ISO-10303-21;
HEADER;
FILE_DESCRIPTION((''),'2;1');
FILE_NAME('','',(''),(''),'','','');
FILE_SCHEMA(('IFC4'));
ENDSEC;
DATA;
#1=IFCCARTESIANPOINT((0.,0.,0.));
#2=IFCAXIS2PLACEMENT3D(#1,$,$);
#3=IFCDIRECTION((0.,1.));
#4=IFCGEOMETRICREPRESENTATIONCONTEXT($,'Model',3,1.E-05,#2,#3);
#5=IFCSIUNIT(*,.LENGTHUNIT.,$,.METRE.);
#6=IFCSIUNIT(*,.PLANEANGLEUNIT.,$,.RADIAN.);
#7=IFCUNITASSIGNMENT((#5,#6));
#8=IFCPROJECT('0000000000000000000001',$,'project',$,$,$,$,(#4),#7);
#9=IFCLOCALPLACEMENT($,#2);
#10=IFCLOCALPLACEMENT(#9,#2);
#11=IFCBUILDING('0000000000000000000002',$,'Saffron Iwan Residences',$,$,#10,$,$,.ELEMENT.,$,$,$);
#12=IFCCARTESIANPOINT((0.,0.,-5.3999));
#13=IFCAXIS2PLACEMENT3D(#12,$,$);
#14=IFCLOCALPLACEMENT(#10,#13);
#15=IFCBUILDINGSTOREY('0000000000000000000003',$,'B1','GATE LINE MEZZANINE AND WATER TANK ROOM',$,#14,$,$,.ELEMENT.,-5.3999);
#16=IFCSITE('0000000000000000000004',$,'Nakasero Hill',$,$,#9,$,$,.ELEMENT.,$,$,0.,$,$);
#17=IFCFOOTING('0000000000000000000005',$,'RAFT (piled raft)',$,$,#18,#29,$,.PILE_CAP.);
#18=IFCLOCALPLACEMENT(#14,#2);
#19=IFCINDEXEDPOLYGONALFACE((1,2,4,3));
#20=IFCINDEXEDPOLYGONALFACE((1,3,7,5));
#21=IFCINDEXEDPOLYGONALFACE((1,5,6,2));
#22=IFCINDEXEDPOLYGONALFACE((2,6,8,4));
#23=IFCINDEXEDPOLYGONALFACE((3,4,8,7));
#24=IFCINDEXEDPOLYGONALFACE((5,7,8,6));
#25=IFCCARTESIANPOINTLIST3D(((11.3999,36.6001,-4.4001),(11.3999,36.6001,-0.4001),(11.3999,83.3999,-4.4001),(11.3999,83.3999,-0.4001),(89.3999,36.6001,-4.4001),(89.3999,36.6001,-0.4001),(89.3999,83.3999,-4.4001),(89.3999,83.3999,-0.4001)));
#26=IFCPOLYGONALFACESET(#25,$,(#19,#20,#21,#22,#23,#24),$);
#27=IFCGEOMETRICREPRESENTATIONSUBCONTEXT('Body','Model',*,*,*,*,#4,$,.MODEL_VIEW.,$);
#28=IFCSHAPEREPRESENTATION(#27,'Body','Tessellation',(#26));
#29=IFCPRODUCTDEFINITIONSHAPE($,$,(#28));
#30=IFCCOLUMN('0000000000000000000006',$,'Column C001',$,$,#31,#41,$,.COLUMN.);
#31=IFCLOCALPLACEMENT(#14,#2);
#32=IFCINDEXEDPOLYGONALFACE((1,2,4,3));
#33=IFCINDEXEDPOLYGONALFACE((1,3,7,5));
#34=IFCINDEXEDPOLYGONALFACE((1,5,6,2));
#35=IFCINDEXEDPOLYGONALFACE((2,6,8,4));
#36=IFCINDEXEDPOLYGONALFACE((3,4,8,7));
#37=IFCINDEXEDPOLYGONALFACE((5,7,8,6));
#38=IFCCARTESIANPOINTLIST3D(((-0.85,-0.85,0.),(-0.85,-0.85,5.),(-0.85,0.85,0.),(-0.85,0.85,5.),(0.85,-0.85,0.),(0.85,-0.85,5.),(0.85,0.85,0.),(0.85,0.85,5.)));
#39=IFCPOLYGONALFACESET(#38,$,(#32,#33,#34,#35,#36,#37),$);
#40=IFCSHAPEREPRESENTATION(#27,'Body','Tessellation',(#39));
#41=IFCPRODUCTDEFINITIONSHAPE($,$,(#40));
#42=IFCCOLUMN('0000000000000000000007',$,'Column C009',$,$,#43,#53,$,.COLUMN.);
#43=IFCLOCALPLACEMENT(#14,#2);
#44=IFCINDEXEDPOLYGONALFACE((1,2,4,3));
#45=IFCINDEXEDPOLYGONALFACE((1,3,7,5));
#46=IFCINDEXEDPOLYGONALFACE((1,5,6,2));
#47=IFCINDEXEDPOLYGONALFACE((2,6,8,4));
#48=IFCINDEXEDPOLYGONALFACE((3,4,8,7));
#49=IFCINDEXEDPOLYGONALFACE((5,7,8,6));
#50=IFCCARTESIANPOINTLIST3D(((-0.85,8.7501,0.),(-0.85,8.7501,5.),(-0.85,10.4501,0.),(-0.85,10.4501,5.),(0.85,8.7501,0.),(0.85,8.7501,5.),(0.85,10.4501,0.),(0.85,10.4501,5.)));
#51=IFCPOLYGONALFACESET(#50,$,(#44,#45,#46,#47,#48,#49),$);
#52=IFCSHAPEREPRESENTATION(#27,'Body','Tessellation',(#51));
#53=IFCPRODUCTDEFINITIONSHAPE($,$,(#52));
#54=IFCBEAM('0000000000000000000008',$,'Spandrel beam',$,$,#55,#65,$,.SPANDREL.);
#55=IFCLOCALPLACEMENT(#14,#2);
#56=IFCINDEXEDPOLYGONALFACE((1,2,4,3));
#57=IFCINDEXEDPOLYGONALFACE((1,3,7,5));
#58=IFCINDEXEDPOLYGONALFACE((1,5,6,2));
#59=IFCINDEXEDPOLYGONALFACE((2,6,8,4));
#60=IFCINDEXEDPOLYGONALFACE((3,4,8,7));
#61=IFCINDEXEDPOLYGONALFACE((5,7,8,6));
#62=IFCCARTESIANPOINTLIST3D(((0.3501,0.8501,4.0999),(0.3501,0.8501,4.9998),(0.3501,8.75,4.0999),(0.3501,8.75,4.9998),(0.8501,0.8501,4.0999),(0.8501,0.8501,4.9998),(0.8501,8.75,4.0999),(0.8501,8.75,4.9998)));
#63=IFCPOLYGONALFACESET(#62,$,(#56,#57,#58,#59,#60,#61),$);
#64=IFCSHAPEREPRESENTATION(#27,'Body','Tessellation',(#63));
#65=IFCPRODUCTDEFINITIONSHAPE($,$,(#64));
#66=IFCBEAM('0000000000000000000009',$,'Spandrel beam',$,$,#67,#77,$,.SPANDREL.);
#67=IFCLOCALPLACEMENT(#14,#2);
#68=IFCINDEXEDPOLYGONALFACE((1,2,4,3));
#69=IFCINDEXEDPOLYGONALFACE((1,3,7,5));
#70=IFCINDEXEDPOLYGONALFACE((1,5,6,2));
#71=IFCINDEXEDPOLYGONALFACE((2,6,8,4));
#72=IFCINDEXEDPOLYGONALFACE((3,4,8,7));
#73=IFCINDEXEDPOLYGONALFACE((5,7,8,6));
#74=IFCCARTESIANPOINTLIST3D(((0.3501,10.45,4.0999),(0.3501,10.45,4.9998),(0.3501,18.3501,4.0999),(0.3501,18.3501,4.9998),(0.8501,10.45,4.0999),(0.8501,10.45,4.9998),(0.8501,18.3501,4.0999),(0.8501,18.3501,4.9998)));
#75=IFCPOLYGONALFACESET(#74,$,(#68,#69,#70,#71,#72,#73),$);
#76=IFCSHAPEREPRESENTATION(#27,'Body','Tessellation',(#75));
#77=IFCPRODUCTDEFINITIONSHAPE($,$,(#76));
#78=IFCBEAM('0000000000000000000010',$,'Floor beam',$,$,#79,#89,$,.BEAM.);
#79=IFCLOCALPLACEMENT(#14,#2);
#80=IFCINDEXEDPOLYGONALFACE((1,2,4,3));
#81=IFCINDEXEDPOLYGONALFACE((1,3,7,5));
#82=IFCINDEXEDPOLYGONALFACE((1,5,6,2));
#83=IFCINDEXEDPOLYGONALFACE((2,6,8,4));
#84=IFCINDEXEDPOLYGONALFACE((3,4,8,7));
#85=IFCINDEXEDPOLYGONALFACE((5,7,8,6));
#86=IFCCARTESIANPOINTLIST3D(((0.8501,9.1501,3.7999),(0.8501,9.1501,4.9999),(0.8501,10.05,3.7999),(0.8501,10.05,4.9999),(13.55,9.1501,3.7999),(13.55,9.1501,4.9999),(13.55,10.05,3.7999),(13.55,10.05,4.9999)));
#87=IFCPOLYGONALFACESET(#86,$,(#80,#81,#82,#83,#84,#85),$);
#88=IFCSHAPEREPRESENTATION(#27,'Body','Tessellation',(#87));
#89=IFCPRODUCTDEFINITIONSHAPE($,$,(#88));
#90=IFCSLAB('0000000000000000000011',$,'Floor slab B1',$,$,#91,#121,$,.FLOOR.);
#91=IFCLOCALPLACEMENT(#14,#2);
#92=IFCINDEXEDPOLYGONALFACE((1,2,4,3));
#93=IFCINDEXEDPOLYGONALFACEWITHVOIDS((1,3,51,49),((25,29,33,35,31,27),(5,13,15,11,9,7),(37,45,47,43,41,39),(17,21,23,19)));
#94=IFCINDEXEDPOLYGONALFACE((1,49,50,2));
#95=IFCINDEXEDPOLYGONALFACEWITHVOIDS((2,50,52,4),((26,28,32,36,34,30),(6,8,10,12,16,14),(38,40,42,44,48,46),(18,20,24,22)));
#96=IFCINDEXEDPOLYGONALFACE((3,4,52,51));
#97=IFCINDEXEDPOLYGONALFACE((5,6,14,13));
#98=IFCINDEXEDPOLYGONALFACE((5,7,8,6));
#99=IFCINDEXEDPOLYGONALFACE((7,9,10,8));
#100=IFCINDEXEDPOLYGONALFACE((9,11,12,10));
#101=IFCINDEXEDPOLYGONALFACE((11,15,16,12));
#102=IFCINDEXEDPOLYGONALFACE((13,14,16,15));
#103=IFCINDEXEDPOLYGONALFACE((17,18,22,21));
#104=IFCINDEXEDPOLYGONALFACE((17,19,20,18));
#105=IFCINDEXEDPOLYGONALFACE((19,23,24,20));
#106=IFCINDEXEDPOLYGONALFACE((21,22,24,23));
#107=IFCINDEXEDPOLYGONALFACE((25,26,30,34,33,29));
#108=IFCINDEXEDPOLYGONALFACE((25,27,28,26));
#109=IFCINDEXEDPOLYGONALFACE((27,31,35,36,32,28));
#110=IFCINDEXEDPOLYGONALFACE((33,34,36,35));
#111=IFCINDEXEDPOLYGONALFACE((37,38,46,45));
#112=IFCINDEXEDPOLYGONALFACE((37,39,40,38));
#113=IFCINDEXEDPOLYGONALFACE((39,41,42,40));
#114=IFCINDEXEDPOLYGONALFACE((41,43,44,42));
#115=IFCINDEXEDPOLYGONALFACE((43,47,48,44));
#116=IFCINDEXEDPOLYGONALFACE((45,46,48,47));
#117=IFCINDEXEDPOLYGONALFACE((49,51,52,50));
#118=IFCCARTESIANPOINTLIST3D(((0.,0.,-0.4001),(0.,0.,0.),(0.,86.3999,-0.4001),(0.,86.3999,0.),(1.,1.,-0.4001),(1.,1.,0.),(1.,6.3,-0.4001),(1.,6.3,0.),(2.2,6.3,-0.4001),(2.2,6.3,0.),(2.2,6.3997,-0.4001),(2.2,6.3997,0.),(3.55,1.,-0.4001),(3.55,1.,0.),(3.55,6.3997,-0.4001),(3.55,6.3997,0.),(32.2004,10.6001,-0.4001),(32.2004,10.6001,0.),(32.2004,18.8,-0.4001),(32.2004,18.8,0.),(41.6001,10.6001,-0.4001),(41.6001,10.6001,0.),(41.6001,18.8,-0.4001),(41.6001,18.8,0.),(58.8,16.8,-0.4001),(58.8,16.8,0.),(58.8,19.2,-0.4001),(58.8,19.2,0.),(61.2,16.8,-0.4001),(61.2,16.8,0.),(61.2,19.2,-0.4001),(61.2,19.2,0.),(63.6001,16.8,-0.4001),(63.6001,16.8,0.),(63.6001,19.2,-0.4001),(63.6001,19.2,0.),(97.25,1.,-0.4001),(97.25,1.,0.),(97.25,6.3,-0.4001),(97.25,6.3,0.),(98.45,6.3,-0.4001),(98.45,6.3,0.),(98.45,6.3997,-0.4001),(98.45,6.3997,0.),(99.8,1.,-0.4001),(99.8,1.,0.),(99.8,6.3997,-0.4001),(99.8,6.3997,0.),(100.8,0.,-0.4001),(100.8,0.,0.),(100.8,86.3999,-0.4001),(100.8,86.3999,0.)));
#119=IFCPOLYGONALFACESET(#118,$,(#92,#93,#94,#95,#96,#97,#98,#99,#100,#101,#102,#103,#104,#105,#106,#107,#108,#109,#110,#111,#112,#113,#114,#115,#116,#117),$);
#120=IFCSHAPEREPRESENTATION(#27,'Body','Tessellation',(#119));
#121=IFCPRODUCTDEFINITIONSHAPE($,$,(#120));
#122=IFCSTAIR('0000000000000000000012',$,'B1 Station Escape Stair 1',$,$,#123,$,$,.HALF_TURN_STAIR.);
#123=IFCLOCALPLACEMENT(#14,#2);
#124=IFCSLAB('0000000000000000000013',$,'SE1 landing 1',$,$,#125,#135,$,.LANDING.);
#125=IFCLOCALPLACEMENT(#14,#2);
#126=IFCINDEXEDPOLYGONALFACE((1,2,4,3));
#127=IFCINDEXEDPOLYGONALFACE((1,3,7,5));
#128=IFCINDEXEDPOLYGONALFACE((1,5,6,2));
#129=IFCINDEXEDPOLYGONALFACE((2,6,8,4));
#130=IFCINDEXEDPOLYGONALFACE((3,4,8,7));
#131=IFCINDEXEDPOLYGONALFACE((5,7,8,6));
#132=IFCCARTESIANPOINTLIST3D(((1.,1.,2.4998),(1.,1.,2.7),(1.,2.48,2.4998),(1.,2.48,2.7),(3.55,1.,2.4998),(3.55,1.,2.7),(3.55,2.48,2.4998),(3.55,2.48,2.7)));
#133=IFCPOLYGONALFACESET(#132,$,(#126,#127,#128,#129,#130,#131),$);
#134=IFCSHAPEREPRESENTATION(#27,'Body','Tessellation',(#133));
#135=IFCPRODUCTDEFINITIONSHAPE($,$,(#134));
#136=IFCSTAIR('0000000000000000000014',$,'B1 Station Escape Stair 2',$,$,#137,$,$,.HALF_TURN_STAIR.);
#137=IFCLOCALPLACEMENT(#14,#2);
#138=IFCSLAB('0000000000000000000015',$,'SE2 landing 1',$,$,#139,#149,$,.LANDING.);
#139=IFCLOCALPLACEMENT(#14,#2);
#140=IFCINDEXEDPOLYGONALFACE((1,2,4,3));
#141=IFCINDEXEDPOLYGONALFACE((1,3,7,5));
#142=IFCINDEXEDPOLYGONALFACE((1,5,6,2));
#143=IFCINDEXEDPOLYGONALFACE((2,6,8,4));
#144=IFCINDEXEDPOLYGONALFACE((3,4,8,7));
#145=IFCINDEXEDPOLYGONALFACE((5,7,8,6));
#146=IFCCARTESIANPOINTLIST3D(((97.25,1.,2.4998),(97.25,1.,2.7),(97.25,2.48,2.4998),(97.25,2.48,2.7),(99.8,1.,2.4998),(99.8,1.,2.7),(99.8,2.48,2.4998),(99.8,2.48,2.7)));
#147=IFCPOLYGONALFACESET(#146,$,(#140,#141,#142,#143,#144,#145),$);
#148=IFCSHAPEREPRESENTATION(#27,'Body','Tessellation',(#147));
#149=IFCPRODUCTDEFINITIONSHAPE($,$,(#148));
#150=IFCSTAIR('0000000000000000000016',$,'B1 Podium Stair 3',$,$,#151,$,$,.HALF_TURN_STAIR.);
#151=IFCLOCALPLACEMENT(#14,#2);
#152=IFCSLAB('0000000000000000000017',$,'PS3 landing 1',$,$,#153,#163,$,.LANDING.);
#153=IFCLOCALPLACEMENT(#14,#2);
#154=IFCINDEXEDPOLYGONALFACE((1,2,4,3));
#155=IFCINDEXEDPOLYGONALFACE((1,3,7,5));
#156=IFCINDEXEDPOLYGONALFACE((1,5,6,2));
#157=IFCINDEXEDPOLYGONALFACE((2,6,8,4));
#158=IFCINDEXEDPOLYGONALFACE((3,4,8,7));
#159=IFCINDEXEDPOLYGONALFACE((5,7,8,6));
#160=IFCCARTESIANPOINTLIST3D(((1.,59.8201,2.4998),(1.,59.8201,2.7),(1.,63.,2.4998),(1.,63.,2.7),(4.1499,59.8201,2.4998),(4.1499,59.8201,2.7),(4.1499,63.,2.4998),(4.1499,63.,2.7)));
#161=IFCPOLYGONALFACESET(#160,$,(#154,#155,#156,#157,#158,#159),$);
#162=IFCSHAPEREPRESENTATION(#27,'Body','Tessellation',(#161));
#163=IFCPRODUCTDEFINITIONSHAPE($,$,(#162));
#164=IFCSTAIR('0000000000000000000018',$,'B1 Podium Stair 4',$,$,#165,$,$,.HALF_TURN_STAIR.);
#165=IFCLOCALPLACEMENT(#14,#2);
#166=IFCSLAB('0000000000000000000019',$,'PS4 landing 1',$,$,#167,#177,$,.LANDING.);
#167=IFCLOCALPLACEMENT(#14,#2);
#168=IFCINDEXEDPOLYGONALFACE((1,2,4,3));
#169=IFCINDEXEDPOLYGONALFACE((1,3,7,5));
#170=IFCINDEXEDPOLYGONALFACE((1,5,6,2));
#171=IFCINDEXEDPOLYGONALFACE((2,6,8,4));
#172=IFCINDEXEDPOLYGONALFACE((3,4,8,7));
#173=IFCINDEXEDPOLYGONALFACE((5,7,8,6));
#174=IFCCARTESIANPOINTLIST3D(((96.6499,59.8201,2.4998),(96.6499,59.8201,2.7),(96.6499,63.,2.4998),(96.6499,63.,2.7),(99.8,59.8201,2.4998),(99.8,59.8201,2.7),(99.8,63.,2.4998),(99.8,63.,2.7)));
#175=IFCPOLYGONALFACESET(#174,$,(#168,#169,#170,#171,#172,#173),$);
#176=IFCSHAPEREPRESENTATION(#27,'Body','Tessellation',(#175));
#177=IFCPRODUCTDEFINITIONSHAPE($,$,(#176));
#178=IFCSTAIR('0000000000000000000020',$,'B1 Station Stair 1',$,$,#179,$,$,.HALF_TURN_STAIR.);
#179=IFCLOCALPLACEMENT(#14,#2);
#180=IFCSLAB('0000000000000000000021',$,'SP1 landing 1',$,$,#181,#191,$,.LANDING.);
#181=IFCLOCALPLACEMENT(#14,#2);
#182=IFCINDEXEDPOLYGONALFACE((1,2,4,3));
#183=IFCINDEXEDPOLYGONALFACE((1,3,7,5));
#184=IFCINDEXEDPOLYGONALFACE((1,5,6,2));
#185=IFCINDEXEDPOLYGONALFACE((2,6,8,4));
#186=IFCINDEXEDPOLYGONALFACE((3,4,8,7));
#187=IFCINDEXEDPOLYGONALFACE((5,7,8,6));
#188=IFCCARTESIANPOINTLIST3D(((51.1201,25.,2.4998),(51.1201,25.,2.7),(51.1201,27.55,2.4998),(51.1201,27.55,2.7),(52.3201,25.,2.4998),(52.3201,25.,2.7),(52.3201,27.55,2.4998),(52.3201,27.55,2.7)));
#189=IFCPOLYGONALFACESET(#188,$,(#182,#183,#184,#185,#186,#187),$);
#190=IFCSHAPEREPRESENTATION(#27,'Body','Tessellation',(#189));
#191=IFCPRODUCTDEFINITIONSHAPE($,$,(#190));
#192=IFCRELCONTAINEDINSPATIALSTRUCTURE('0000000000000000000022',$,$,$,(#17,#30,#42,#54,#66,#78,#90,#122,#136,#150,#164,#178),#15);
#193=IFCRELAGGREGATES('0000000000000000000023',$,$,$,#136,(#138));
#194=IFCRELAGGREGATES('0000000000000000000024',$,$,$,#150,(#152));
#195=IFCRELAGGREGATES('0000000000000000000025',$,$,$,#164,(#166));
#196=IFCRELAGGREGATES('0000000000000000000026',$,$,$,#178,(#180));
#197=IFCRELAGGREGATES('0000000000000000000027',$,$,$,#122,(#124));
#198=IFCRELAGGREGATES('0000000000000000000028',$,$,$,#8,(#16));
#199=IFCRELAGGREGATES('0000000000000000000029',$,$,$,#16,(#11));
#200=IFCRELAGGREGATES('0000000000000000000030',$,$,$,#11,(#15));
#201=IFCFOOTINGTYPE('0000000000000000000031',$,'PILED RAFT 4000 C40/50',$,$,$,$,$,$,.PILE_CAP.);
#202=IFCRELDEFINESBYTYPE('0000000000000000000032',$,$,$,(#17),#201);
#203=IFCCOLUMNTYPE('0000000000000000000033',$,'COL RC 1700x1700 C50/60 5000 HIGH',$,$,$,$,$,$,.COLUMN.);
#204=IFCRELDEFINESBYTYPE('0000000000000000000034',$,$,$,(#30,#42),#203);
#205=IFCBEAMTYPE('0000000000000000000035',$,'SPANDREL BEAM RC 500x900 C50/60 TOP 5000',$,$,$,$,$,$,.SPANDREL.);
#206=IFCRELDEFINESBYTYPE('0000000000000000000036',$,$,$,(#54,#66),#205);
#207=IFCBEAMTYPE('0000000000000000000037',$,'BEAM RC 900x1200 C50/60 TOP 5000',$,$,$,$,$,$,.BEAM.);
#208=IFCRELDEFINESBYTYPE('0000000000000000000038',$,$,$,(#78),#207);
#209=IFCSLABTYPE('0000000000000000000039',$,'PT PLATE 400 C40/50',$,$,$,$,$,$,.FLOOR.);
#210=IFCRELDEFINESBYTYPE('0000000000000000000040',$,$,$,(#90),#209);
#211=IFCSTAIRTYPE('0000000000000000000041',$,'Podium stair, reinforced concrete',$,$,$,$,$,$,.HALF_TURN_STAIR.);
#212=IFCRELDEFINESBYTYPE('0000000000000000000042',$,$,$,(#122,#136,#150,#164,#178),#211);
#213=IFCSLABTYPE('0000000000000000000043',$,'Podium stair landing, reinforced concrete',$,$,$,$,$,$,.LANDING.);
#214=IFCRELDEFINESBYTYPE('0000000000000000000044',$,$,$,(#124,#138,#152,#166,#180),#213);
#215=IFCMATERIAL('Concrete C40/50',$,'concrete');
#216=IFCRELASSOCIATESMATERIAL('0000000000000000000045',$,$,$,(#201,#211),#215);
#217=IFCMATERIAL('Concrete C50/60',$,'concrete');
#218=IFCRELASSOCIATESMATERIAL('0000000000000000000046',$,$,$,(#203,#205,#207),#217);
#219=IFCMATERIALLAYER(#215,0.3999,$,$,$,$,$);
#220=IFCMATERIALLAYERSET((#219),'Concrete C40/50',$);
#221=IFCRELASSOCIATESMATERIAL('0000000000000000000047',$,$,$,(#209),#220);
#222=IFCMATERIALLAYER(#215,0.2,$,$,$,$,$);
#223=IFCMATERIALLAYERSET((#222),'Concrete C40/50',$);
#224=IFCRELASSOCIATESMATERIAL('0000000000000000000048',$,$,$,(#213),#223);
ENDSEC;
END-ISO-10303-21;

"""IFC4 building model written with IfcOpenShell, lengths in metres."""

from ifc_helpers import new_model, si_unit, direction, frame, origin, origin_2d, place, context, subcontext, project, spatial, polyline, rectangle, outline, extrude, source, transform, mapped, material, layer, layer_set, material_profile, profile_set, type_object, element, aggregate, save


model = new_model("IFC4")

# Units and contexts
model_context = context("Model", 3, precision=1e-05, world=origin(), true_north=direction((0.0, 1.0)))
body_context = subcontext(model_context, "Body", "Model", "MODEL_VIEW")
ifc_project = project(units=[si_unit("LENGTHUNIT", "METRE"), si_unit("PLANEANGLEUNIT", "RADIAN")], contexts=[model_context])

# Site, building, storey
site_placement = place(None, origin())
site = spatial("IfcSite", under=ifc_project, at=site_placement, Name="Nakasero Hill", CompositionType="ELEMENT", RefElevation=0.0)
building_placement = place(site_placement, origin())
building = spatial("IfcBuilding", under=site, at=building_placement, Name="Saffron Iwan Residences", CompositionType="ELEMENT")
storey_placement = place(building_placement, frame((0.0, 0.0, -5.3999)))
storey = spatial("IfcBuildingStorey", under=building, at=storey_placement, Name="B1", Description="GATE LINE MEZZANINE AND WATER TANK ROOM", CompositionType="ELEMENT", Elevation=-5.3999)

# Footing
ifc_material_1 = material(Name="Concrete C40/50", Category="concrete")
footing_type = type_object("IfcFootingType", Name="PILED RAFT 4000 C40/50", PredefinedType="PILE_CAP", material=ifc_material_1)
footing_placement = place(storey_placement, frame((0.0, 0.0, -4.4001)))
element("IfcFooting", 1, at=footing_placement, inside=storey, type_object=footing_type, Name="RAFT (piled raft)", PredefinedType="PILE_CAP", context=body_context, shape_type="SweptSolid", body=[
    extrude(outline(polyline([(11.3999, 36.6001), (89.3999, 36.6001), (89.3999, 83.3999), (11.3999, 83.3999), (11.3999, 36.6001)])), origin(), (0.0, 0.0, 1.0), 4.0),
])

# Columns
ifc_material_2 = material(Name="Concrete C50/60", Category="concrete")
ifc_material_profile_1 = material_profile(ifc_material_2, rectangle(XDim=1.7, YDim=1.7, at=origin_2d()), Name="RC 1700x1700")
ifc_profile_set_1 = profile_set([ifc_material_profile_1], Name="Concrete C50/60")
column_type = type_object("IfcColumnType", Name="COL RC 1700x1700 C50/60 5000 HIGH", PredefinedType="COLUMN", material=ifc_profile_set_1)
shared_shape_1 = source(origin(), body_context, "Body", "SweptSolid", [
    extrude(rectangle(XDim=1.7, YDim=1.7, at=origin_2d()), origin(), (0.0, 0.0, 1.0), 5.0),
])
for number, where, z_axis, x_axis, name in (
    (2, (0.0, 0.0, 0.0), (0.0, 0.0, 1.0), (1.0, 0.0, 0.0), "Column C001"),
    (3, (0.0, 9.6001, 0.0), (0.0, 0.0, 1.0), (1.0, 0.0, 0.0), "Column C009"),
):
    element("IfcColumn", number, at=place(storey_placement, frame(where, z_axis=z_axis, x_axis=x_axis)), inside=storey, type_object=column_type, Name=name, PredefinedType="COLUMN", context=body_context, shape_type="MappedRepresentation", body=[
        mapped(shared_shape_1, transform((0.0, 0.0, 0.0))),
    ])

# Beams
ifc_material_profile_2 = material_profile(ifc_material_2, rectangle(XDim=0.5, YDim=0.8999, at=origin_2d()), Name="RC 500x900")
ifc_profile_set_2 = profile_set([ifc_material_profile_2], Name="Concrete C50/60")
beam_type_1 = type_object("IfcBeamType", Name="SPANDREL BEAM RC 500x900 C50/60 TOP 5000", PredefinedType="SPANDREL", material=ifc_profile_set_2)
shared_shape_2 = source(origin(), body_context, "Body", "SweptSolid", [
    extrude(rectangle(XDim=0.5, YDim=0.8999, at=origin_2d()), origin(), (0.0, 0.0, 1.0), 7.8999),
])
beam_1_placement = place(storey_placement, frame((0.6001, 0.8501, 4.5498), z_axis=(0.0, 1.0, 0.0), x_axis=(-1.0, 0.0, 0.0)))
element("IfcBeam", 4, at=beam_1_placement, inside=storey, type_object=beam_type_1, Name="Spandrel beam", PredefinedType="SPANDREL", context=body_context, shape_type="MappedRepresentation", body=[
    mapped(shared_shape_2, transform((0.0, 0.0, 0.0))),
])
shared_shape_3 = source(origin(), body_context, "Body", "SweptSolid", [
    extrude(rectangle(XDim=0.5, YDim=0.8999, at=origin_2d()), origin(), (0.0, 0.0, 1.0), 7.9001),
])
beam_2_placement = place(storey_placement, frame((0.6001, 10.45, 4.5498), z_axis=(0.0, 1.0, 0.0), x_axis=(-1.0, 0.0, 0.0)))
element("IfcBeam", 5, at=beam_2_placement, inside=storey, type_object=beam_type_1, Name="Spandrel beam", PredefinedType="SPANDREL", context=body_context, shape_type="MappedRepresentation", body=[
    mapped(shared_shape_3, transform((0.0, 0.0, 0.0))),
])
ifc_material_profile_3 = material_profile(ifc_material_2, rectangle(XDim=0.8999, YDim=1.2, at=origin_2d()), Name="RC 900x1200")
ifc_profile_set_3 = profile_set([ifc_material_profile_3], Name="Concrete C50/60")
beam_type_2 = type_object("IfcBeamType", Name="BEAM RC 900x1200 C50/60 TOP 5000", PredefinedType="BEAM", material=ifc_profile_set_3)
shared_shape_4 = source(origin(), body_context, "Body", "SweptSolid", [
    extrude(rectangle(XDim=0.8999, YDim=1.2, at=origin_2d()), origin(), (0.0, 0.0, 1.0), 12.7),
])
beam_3_placement = place(storey_placement, frame((0.8501, 9.6001, 4.3999), z_axis=(1.0, 0.0, 0.0), x_axis=(0.0, 1.0, 0.0)))
element("IfcBeam", 6, at=beam_3_placement, inside=storey, type_object=beam_type_2, Name="Floor beam", PredefinedType="BEAM", context=body_context, shape_type="MappedRepresentation", body=[
    mapped(shared_shape_4, transform((0.0, 0.0, 0.0))),
])

# Slab
ifc_layer_1 = layer(ifc_material_1, 0.3999)
ifc_layer_set_1 = layer_set([ifc_layer_1], Name="Concrete C40/50")
slab_type_1 = type_object("IfcSlabType", Name="PT PLATE 400 C40/50", PredefinedType="FLOOR", material=ifc_layer_set_1)
slab_1_placement = place(storey_placement, frame((0.0, 0.0, -0.4001)))
element("IfcSlab", 7, at=slab_1_placement, inside=storey, type_object=slab_type_1, Name="Floor slab B1", PredefinedType="FLOOR", context=body_context, shape_type="SweptSolid", body=[
    extrude(outline(polyline([(0.0, 0.0), (0.0, 86.3999), (100.8, 86.3999), (100.8, 0.0), (0.0, 0.0)]), holes=[polyline([(1.0, 1.0), (3.55, 1.0), (3.55, 6.3997), (2.2, 6.3997), (2.2, 6.3), (1.0, 6.3), (1.0, 1.0)]), polyline([(97.25, 1.0), (99.8, 1.0), (99.8, 6.3997), (98.45, 6.3997), (98.45, 6.3), (97.25, 6.3), (97.25, 1.0)]), polyline([(32.2004, 10.6001), (41.6001, 10.6001), (41.6001, 18.8), (32.2004, 18.8), (32.2004, 10.6001)]), polyline([(58.8, 19.2), (58.8, 16.8), (61.2, 16.8), (63.6001, 16.8), (63.6001, 19.2), (61.2, 19.2), (58.8, 19.2)])]), origin(), (0.0, 0.0, 1.0), 0.4001),
])

# Stairs, slabs
stair_type_1 = type_object("IfcStairType", Name="Podium stair, reinforced concrete", PredefinedType="HALF_TURN_STAIR", material=ifc_material_1)
stair_1_placement = place(storey_placement, origin())
stair_1 = element("IfcStair", 8, at=stair_1_placement, inside=storey, type_object=stair_type_1, Name="B1 Station Escape Stair 1", PredefinedType="HALF_TURN_STAIR")
ifc_layer_2 = layer(ifc_material_1, 0.2)
ifc_layer_set_2 = layer_set([ifc_layer_2], Name="Concrete C40/50")
slab_type_2 = type_object("IfcSlabType", Name="Podium stair landing, reinforced concrete", PredefinedType="LANDING", material=ifc_layer_set_2)
slab_2_placement = place(storey_placement, frame((0.0, 0.0, 2.4998)))
slab_2 = element("IfcSlab", 9, at=slab_2_placement, type_object=slab_type_2, Name="SE1 landing 1", PredefinedType="LANDING", context=body_context, shape_type="SweptSolid", body=[
    extrude(outline(polyline([(1.0, 2.48), (1.0, 1.0), (3.55, 1.0), (3.55, 2.48), (1.0, 2.48)])), origin(), (0.0, 0.0, 1.0), 0.2002),
])
stair_2_placement = place(storey_placement, origin())
stair_2 = element("IfcStair", 10, at=stair_2_placement, inside=storey, type_object=stair_type_1, Name="B1 Station Escape Stair 2", PredefinedType="HALF_TURN_STAIR")
slab_3_placement = place(storey_placement, frame((0.0, 0.0, 2.4998)))
slab_3 = element("IfcSlab", 11, at=slab_3_placement, type_object=slab_type_2, Name="SE2 landing 1", PredefinedType="LANDING", context=body_context, shape_type="SweptSolid", body=[
    extrude(outline(polyline([(97.25, 2.48), (97.25, 1.0), (99.8, 1.0), (99.8, 2.48), (97.25, 2.48)])), origin(), (0.0, 0.0, 1.0), 0.2002),
])
aggregate(stair_2, [slab_3])
stair_3_placement = place(storey_placement, origin())
stair_3 = element("IfcStair", 12, at=stair_3_placement, inside=storey, type_object=stair_type_1, Name="B1 Podium Stair 3", PredefinedType="HALF_TURN_STAIR")
slab_4_placement = place(storey_placement, frame((0.0, 0.0, 2.4998)))
slab_4 = element("IfcSlab", 13, at=slab_4_placement, type_object=slab_type_2, Name="PS3 landing 1", PredefinedType="LANDING", context=body_context, shape_type="SweptSolid", body=[
    extrude(outline(polyline([(4.1499, 59.8201), (4.1499, 63.0), (1.0, 63.0), (1.0, 59.8201), (4.1499, 59.8201)])), origin(), (0.0, 0.0, 1.0), 0.2002),
])
aggregate(stair_3, [slab_4])
stair_4_placement = place(storey_placement, origin())
stair_4 = element("IfcStair", 14, at=stair_4_placement, inside=storey, type_object=stair_type_1, Name="B1 Podium Stair 4", PredefinedType="HALF_TURN_STAIR")
slab_5_placement = place(storey_placement, frame((0.0, 0.0, 2.4998)))
slab_5 = element("IfcSlab", 15, at=slab_5_placement, type_object=slab_type_2, Name="PS4 landing 1", PredefinedType="LANDING", context=body_context, shape_type="SweptSolid", body=[
    extrude(outline(polyline([(99.8, 59.8201), (99.8, 63.0), (96.6499, 63.0), (96.6499, 59.8201), (99.8, 59.8201)])), origin(), (0.0, 0.0, 1.0), 0.2002),
])
aggregate(stair_4, [slab_5])
stair_5_placement = place(storey_placement, origin())
stair_5 = element("IfcStair", 16, at=stair_5_placement, inside=storey, type_object=stair_type_1, Name="B1 Station Stair 1", PredefinedType="HALF_TURN_STAIR")
slab_6_placement = place(storey_placement, frame((0.0, 0.0, 2.4998)))
slab_6 = element("IfcSlab", 17, at=slab_6_placement, type_object=slab_type_2, Name="SP1 landing 1", PredefinedType="LANDING", context=body_context, shape_type="SweptSolid", body=[
    extrude(outline(polyline([(51.1201, 25.0), (52.3201, 25.0), (52.3201, 27.55), (51.1201, 27.55), (51.1201, 25.0)])), origin(), (0.0, 0.0, 1.0), 0.2002),
])
aggregate(stair_5, [slab_6])

aggregate(stair_1, [slab_2])

save(model, "model.ifc")
